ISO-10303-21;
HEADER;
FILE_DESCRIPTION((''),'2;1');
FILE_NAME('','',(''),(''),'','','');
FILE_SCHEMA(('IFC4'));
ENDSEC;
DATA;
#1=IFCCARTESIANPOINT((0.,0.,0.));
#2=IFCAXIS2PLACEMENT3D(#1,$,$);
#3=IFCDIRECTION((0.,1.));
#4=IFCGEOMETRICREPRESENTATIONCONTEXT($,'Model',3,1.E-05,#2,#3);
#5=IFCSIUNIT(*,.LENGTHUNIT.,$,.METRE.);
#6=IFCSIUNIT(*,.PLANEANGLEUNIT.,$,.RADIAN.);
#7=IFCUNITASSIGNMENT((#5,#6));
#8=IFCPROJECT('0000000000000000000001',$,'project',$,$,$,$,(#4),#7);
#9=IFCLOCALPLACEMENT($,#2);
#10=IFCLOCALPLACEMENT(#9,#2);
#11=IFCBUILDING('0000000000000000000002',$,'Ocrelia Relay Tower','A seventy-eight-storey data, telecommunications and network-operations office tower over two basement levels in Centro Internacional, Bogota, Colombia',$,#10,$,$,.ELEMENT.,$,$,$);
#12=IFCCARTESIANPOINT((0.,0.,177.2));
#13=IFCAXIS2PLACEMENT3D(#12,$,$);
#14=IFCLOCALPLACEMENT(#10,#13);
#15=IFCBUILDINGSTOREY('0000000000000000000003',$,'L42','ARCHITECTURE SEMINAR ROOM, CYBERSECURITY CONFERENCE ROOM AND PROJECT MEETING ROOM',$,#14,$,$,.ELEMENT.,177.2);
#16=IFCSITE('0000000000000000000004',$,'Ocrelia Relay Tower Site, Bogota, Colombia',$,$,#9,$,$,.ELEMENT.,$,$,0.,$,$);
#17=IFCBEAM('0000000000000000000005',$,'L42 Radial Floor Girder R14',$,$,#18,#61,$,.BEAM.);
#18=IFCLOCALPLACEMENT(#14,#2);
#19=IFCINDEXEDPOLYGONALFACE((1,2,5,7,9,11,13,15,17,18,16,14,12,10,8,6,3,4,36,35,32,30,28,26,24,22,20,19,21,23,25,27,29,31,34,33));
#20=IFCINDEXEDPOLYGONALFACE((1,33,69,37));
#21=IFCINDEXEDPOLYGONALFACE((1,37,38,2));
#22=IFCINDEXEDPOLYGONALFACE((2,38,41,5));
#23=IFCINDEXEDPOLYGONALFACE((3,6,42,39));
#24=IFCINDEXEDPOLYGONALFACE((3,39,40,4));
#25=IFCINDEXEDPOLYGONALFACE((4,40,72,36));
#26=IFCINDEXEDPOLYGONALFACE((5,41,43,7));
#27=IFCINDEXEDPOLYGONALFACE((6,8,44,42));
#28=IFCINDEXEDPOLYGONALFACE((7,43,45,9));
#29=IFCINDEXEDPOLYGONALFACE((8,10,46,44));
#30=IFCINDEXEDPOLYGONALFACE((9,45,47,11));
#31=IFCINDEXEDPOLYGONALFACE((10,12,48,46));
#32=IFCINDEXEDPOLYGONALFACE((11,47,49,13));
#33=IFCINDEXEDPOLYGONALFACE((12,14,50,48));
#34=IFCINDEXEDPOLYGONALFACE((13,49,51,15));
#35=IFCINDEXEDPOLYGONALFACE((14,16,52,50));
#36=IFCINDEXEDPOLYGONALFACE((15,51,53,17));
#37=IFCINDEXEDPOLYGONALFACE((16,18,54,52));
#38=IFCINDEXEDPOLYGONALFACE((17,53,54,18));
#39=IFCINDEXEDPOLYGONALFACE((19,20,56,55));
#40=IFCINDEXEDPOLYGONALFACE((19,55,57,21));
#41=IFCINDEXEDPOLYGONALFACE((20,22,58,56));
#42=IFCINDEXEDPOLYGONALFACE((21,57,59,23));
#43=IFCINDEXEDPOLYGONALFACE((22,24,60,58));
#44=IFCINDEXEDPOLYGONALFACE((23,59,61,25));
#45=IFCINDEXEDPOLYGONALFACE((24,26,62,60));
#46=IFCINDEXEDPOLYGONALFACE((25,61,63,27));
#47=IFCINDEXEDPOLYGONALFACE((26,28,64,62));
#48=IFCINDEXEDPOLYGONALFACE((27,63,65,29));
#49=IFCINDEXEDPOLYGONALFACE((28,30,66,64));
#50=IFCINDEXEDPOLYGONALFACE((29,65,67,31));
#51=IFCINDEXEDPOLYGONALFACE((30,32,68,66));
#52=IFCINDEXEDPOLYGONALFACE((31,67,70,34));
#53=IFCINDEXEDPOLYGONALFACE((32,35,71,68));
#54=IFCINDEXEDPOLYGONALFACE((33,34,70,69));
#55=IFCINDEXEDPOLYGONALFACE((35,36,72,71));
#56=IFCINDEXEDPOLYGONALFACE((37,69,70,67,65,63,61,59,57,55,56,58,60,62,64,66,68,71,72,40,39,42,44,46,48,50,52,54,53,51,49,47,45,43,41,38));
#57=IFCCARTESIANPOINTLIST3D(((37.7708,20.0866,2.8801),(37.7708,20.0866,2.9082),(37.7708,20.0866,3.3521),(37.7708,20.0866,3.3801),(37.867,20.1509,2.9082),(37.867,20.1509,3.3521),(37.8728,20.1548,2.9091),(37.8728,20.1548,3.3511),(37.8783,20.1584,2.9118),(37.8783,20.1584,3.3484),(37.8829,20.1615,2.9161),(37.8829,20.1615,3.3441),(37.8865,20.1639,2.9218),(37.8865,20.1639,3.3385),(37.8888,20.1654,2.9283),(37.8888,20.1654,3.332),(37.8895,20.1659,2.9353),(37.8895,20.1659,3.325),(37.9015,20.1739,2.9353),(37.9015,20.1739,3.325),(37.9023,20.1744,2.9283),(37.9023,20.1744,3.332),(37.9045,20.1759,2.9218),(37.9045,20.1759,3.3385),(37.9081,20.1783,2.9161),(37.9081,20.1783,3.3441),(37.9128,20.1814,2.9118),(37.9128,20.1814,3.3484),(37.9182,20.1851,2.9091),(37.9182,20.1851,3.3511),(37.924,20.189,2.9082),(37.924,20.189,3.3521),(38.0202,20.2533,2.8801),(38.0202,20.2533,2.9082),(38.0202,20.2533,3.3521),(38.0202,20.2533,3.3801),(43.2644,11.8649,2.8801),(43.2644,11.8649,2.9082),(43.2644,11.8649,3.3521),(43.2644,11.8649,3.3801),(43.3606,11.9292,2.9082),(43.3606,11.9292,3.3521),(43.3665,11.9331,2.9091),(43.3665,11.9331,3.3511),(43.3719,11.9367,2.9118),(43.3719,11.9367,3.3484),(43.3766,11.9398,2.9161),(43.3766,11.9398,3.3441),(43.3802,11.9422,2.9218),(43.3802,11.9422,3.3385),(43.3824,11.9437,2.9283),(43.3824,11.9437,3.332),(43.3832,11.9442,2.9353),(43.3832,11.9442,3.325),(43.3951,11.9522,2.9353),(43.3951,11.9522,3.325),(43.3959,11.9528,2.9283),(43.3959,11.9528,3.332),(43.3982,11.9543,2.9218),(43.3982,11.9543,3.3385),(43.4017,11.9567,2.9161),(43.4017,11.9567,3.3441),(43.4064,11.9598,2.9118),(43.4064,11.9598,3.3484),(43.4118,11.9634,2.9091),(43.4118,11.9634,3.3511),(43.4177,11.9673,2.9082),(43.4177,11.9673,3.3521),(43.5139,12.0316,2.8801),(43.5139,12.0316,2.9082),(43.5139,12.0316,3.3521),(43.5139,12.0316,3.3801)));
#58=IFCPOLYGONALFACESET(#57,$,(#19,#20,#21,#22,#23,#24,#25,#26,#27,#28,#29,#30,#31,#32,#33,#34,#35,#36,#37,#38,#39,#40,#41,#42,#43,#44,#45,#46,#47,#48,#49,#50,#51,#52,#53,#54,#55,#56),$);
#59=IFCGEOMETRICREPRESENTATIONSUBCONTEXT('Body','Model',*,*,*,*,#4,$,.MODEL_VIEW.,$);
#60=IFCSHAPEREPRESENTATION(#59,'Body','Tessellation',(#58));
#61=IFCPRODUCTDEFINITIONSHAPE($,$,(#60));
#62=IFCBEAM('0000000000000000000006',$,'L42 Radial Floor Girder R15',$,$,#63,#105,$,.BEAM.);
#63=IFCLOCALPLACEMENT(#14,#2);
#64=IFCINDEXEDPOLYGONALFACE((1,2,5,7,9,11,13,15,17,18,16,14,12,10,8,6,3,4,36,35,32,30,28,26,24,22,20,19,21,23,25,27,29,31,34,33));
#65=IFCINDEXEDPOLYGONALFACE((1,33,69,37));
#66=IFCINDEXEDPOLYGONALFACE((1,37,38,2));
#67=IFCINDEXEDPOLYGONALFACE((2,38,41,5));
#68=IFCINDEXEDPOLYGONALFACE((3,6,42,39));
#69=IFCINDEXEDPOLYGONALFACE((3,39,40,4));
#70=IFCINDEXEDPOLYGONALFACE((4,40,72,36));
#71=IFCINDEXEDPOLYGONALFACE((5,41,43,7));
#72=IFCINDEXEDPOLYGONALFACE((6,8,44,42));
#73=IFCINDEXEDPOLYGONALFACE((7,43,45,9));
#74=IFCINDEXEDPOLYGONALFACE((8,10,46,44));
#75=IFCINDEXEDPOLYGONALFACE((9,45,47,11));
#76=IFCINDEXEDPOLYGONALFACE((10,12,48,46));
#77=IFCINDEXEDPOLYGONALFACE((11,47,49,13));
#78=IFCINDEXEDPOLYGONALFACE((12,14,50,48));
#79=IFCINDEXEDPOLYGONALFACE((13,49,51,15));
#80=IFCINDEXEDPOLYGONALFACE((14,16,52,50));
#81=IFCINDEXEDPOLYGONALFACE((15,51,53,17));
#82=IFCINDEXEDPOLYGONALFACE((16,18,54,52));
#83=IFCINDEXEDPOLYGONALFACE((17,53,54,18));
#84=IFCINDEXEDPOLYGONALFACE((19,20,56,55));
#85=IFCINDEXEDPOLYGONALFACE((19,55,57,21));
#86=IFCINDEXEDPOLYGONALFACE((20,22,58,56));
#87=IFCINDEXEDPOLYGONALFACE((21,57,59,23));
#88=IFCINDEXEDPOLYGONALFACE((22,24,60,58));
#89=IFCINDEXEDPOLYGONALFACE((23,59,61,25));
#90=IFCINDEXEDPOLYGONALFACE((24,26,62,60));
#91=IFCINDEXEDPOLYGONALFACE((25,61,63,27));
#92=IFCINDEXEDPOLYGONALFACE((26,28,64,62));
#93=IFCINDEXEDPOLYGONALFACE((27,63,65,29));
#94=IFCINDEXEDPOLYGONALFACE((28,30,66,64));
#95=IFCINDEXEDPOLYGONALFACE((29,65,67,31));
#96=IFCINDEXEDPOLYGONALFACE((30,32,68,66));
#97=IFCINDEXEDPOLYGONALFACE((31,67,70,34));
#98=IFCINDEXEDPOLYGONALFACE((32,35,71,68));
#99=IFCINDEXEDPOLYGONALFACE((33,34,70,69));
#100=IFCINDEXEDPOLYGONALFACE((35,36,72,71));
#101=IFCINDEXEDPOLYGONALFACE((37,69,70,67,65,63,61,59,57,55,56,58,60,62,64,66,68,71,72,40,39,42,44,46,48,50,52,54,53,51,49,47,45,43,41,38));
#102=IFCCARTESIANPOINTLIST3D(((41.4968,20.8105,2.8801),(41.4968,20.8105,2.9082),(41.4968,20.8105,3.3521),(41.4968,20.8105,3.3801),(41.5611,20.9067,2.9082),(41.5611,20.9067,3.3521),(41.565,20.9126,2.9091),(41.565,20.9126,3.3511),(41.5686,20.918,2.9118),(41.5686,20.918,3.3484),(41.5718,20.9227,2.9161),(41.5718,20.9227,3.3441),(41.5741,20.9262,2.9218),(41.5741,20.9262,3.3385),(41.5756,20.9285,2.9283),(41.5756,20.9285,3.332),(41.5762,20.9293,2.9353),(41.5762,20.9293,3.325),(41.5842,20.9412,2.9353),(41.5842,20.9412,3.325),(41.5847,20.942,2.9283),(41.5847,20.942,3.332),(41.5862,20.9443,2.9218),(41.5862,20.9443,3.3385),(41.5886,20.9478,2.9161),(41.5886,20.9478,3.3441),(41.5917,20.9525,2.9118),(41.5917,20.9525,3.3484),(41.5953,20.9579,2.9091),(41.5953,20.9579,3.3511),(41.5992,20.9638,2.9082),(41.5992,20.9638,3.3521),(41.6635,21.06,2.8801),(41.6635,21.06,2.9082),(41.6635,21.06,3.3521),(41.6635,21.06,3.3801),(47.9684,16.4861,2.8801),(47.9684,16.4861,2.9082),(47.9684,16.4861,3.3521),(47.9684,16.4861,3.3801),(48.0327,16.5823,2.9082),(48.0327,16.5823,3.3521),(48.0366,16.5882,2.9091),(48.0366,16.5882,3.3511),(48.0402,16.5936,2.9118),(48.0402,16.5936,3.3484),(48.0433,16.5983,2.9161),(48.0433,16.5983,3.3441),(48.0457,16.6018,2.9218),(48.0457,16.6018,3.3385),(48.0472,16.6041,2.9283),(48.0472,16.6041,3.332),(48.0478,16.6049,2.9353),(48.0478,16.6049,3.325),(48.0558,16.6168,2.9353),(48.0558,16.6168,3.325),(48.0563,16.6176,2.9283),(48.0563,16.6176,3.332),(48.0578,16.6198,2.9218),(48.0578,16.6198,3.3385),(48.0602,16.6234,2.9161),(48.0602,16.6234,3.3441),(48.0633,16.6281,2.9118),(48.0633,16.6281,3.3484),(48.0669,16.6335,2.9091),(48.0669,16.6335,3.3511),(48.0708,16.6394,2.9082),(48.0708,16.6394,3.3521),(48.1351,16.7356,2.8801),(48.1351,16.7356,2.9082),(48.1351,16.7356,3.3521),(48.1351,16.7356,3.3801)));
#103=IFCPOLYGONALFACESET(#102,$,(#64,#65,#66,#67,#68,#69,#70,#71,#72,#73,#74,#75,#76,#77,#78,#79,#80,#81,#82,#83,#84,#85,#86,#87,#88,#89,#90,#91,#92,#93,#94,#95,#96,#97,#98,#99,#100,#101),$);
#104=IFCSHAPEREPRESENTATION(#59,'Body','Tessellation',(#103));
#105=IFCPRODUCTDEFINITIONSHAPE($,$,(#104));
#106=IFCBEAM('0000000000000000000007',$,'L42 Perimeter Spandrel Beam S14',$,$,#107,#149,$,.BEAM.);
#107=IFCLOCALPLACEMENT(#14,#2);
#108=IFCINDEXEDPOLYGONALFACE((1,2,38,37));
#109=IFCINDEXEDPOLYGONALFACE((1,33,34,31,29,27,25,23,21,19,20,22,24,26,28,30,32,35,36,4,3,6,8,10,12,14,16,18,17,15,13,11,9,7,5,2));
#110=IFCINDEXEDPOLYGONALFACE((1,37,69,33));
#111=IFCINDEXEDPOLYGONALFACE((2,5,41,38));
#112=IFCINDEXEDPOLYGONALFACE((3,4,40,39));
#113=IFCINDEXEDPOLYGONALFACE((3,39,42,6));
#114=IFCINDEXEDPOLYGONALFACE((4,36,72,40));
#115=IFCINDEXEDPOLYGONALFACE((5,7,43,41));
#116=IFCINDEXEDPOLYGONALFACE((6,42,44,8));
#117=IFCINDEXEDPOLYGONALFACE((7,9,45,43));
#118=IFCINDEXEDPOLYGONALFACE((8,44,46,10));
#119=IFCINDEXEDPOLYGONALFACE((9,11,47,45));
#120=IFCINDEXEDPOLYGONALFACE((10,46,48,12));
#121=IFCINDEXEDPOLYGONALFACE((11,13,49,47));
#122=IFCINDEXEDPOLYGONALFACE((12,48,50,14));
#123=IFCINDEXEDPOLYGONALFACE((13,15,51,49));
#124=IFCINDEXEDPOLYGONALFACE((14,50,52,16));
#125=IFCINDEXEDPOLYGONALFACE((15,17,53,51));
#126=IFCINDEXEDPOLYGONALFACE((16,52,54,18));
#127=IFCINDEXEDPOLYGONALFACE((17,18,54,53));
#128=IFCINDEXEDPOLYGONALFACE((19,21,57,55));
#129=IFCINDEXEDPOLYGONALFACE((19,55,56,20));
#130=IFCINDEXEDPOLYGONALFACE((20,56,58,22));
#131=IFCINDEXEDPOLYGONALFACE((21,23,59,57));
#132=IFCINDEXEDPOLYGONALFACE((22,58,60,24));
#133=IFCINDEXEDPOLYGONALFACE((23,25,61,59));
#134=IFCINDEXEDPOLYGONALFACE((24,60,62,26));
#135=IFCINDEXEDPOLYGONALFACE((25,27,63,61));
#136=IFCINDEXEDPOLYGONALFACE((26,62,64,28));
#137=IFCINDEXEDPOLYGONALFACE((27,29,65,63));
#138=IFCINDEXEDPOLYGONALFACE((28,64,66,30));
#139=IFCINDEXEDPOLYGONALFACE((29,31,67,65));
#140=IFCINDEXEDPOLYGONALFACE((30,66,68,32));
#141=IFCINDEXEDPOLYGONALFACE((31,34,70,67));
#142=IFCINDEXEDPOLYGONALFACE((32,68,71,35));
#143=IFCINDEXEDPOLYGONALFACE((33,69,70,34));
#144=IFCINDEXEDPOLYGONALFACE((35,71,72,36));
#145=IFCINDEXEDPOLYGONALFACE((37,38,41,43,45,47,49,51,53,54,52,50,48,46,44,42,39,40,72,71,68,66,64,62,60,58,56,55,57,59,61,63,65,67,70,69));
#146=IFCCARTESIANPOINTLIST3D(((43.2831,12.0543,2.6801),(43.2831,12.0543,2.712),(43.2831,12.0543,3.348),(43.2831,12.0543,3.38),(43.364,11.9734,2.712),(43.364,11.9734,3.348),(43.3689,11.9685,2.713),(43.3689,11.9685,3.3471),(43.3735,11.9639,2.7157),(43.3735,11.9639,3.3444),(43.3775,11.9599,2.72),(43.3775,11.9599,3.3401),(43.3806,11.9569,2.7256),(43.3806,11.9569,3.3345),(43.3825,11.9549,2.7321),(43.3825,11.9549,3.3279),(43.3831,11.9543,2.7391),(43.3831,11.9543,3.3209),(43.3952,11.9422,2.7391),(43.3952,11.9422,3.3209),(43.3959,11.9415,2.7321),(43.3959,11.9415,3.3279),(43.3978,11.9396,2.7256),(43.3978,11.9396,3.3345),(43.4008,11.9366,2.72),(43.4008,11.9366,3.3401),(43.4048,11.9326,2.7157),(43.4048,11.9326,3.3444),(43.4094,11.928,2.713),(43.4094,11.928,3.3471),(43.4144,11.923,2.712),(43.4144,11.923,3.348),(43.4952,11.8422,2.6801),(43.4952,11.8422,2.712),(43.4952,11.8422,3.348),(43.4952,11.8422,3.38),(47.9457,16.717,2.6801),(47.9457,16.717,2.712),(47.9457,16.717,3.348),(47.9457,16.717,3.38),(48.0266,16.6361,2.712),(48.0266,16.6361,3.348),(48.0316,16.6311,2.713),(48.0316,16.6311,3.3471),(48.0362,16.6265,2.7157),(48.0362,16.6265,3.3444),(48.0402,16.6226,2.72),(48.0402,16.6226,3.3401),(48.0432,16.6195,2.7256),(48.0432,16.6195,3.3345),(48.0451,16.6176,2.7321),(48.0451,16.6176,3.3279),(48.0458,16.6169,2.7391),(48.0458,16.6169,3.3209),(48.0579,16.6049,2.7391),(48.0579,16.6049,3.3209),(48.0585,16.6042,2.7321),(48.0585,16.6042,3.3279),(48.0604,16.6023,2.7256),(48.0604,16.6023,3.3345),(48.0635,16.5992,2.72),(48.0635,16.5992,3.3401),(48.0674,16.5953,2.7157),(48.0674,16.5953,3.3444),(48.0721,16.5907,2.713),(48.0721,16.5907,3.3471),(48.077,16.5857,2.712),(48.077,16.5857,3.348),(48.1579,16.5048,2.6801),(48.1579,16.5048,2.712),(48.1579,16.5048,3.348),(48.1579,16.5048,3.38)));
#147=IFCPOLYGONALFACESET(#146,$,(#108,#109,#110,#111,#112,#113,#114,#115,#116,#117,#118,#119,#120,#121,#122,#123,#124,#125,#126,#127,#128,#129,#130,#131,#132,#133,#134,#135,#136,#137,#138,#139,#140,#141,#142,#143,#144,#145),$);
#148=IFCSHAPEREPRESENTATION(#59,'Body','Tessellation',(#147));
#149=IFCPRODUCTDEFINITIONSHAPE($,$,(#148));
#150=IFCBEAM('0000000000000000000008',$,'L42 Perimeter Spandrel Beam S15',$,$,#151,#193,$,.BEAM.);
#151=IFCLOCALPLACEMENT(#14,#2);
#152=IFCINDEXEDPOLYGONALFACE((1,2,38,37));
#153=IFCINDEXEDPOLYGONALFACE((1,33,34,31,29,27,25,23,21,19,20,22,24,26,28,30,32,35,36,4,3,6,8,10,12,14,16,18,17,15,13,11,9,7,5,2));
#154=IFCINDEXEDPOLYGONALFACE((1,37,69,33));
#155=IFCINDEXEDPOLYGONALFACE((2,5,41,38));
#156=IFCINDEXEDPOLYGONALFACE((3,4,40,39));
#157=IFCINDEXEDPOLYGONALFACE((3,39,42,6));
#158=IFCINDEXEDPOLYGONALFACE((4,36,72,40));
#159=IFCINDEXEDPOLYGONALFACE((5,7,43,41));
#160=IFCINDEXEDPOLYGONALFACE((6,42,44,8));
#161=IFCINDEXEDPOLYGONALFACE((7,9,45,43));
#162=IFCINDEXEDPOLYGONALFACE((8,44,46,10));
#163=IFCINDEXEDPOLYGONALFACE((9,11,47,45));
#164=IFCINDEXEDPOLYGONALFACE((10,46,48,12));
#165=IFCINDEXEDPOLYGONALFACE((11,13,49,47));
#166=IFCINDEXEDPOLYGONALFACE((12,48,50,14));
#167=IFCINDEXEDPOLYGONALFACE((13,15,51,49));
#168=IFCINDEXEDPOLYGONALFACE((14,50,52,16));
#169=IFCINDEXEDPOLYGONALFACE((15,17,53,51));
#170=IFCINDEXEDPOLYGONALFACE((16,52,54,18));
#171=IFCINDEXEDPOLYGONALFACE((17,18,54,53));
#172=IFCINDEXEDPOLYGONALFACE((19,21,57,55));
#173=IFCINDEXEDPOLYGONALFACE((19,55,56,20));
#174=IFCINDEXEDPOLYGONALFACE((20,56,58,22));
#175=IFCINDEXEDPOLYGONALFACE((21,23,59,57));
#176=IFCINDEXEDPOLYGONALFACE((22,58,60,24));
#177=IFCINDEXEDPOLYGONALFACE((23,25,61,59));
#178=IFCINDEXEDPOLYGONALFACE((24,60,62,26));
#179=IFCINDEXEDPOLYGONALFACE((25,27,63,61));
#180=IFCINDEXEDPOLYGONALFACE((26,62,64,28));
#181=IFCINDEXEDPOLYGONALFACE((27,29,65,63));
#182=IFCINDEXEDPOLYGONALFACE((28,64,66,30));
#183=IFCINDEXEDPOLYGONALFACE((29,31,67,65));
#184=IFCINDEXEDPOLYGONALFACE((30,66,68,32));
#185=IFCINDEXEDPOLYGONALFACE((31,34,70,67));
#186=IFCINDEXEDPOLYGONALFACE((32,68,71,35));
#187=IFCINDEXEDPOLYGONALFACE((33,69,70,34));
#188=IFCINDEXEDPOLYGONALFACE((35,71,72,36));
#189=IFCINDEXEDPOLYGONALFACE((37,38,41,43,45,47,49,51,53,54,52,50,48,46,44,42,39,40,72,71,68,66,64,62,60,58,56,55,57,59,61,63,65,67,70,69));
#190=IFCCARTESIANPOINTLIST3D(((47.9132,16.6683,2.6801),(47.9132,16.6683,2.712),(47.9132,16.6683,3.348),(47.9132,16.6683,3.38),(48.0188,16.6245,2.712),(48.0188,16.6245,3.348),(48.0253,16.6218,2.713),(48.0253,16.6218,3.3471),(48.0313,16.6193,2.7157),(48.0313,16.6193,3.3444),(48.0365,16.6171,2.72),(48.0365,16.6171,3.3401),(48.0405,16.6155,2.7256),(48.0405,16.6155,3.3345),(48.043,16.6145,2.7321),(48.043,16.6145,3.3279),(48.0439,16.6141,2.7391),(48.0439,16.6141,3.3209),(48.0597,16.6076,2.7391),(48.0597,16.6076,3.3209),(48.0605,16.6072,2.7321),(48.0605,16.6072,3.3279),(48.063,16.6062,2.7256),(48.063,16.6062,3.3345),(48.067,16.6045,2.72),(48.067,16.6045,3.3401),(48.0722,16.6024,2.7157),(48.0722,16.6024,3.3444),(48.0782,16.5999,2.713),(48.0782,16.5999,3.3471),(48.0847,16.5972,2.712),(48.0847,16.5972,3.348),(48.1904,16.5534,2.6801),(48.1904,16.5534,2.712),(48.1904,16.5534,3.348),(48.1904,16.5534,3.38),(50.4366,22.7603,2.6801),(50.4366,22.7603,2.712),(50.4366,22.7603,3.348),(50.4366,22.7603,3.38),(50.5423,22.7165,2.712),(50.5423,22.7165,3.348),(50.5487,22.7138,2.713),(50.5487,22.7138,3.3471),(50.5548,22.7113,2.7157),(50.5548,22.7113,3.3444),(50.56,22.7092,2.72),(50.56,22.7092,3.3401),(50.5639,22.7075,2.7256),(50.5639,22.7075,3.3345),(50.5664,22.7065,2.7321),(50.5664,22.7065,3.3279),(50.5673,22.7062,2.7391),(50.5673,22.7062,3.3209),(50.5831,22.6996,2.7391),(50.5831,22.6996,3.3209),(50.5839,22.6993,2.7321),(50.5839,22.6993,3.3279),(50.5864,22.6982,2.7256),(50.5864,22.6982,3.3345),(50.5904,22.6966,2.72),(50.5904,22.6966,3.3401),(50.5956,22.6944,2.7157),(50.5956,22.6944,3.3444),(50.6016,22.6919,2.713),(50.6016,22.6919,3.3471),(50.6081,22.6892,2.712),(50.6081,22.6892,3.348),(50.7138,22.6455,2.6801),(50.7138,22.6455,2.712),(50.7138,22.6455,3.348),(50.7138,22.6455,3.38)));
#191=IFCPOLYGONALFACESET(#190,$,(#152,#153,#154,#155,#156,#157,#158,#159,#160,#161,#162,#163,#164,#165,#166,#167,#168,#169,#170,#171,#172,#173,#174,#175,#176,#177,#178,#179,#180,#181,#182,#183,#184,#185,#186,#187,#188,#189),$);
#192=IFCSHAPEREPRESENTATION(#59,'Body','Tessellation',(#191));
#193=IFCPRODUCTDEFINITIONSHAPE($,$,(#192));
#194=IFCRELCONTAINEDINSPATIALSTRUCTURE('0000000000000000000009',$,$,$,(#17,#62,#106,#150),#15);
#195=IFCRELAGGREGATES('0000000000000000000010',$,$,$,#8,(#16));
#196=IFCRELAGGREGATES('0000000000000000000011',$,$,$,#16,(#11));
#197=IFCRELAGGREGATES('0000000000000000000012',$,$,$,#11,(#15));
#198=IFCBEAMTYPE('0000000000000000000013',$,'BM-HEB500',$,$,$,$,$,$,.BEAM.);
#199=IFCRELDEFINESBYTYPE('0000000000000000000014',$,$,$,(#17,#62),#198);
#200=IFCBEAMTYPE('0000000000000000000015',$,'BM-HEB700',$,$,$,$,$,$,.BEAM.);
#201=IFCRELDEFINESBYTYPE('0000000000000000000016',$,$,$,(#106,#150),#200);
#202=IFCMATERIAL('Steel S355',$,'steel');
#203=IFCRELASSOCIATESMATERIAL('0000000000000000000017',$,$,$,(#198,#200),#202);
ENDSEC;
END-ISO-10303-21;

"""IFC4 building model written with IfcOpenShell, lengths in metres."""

from ifc_helpers import new_model, si_unit, direction, frame, origin, origin_2d, place, context, subcontext, project, spatial, i_section, extrude, material, material_profile, profile_set, type_object, element, save


model = new_model("IFC4")

# Units and contexts
model_context = context("Model", 3, precision=1e-05, world=origin(), true_north=direction((0.0, 1.0)))
body_context = subcontext(model_context, "Body", "Model", "MODEL_VIEW")
ifc_project = project(units=[si_unit("LENGTHUNIT", "METRE"), si_unit("PLANEANGLEUNIT", "RADIAN")], contexts=[model_context])

# Site, building, storey
site_placement = place(None, origin())
site = spatial("IfcSite", under=ifc_project, at=site_placement, Name="Ocrelia Relay Tower Site, Bogota, Colombia", CompositionType="ELEMENT", RefElevation=0.0)
building_placement = place(site_placement, origin())
building = spatial("IfcBuilding", under=site, at=building_placement, Name="Ocrelia Relay Tower", Description="A seventy-eight-storey data, telecommunications and network-operations office tower over two basement levels in Centro Internacional, Bogota, Colombia", CompositionType="ELEMENT")
storey_placement = place(building_placement, frame((0.0, 0.0, 177.2)))
storey = spatial("IfcBuildingStorey", under=building, at=storey_placement, Name="L42", Description="ARCHITECTURE SEMINAR ROOM, CYBERSECURITY CONFERENCE ROOM AND PROJECT MEETING ROOM", CompositionType="ELEMENT", Elevation=177.2)

# Beams
ifc_material_1 = material(Name="Steel S355", Category="steel")
ifc_material_profile_1 = material_profile(ifc_material_1, i_section(OverallWidth=0.3, OverallDepth=0.5, WebThickness=0.0144, FlangeThickness=0.0281, FilletRadius=0.0271, at=origin_2d()), Name="HEB 500")
ifc_profile_set_1 = profile_set([ifc_material_profile_1], Name="Steel S355")
beam_type_1 = type_object("IfcBeamType", Name="BM-HEB500", PredefinedType="BEAM", material=ifc_profile_set_1)
beam_1_placement = place(storey_placement, frame((43.3892, 11.9482, 3.1301), z_axis=(-0.555577, 0.831465, 0.0), x_axis=(-0.831465, -0.555577, 0.0)))
element("IfcBeam", 1, at=beam_1_placement, inside=storey, type_object=beam_type_1, Name="L42 Radial Floor Girder R14", PredefinedType="BEAM", context=body_context, shape_type="SweptSolid", body=[
    extrude(i_section(OverallWidth=0.3, OverallDepth=0.5, WebThickness=0.0144, FlangeThickness=0.0281, FilletRadius=0.0271, at=origin_2d()), origin(), (0.0, 0.0, 1.0), 9.8882),
])
beam_2_placement = place(storey_placement, frame((48.0518, 16.6108, 3.1301), z_axis=(-0.831456, 0.55559, 0.0), x_axis=(-0.55559, -0.831456, 0.0)))
element("IfcBeam", 2, at=beam_2_placement, inside=storey, type_object=beam_type_1, Name="L42 Radial Floor Girder R15", PredefinedType="BEAM", context=body_context, shape_type="SweptSolid", body=[
    extrude(i_section(OverallWidth=0.3, OverallDepth=0.5, WebThickness=0.0144, FlangeThickness=0.0281, FilletRadius=0.0271, at=origin_2d()), origin(), (0.0, 0.0, 1.0), 7.7834),
])
ifc_material_profile_2 = material_profile(ifc_material_1, i_section(OverallWidth=0.3, OverallDepth=0.7, WebThickness=0.0171, FlangeThickness=0.032, FilletRadius=0.0271, at=origin_2d()), Name="HEB 700")
ifc_profile_set_2 = profile_set([ifc_material_profile_2], Name="Steel S355")
beam_type_2 = type_object("IfcBeamType", Name="BM-HEB700", PredefinedType="BEAM", material=ifc_profile_set_2)
for number, where, z_axis, x_axis, name in (
    (3, (43.3892, 11.9482, 3.03), (0.707107, 0.707107, 0.0), (-0.707107, 0.707107, 0.0), "L42 Perimeter Spandrel Beam S14"),
    (4, (48.0518, 16.6108, 3.03), (0.382688, 0.923878, 0.0), (-0.923878, 0.382688, 0.0), "L42 Perimeter Spandrel Beam S15"),
):
    element("IfcBeam", number, at=place(storey_placement, frame(where, z_axis=z_axis, x_axis=x_axis)), inside=storey, type_object=beam_type_2, Name=name, PredefinedType="BEAM", context=body_context, shape_type="SweptSolid", body=[
        extrude(i_section(OverallWidth=0.3, OverallDepth=0.7, WebThickness=0.0171, FlangeThickness=0.032, FilletRadius=0.0271, at=origin_2d()), origin(), (0.0, 0.0, 1.0), 6.594),
    ])

save(model, "model.ifc")
